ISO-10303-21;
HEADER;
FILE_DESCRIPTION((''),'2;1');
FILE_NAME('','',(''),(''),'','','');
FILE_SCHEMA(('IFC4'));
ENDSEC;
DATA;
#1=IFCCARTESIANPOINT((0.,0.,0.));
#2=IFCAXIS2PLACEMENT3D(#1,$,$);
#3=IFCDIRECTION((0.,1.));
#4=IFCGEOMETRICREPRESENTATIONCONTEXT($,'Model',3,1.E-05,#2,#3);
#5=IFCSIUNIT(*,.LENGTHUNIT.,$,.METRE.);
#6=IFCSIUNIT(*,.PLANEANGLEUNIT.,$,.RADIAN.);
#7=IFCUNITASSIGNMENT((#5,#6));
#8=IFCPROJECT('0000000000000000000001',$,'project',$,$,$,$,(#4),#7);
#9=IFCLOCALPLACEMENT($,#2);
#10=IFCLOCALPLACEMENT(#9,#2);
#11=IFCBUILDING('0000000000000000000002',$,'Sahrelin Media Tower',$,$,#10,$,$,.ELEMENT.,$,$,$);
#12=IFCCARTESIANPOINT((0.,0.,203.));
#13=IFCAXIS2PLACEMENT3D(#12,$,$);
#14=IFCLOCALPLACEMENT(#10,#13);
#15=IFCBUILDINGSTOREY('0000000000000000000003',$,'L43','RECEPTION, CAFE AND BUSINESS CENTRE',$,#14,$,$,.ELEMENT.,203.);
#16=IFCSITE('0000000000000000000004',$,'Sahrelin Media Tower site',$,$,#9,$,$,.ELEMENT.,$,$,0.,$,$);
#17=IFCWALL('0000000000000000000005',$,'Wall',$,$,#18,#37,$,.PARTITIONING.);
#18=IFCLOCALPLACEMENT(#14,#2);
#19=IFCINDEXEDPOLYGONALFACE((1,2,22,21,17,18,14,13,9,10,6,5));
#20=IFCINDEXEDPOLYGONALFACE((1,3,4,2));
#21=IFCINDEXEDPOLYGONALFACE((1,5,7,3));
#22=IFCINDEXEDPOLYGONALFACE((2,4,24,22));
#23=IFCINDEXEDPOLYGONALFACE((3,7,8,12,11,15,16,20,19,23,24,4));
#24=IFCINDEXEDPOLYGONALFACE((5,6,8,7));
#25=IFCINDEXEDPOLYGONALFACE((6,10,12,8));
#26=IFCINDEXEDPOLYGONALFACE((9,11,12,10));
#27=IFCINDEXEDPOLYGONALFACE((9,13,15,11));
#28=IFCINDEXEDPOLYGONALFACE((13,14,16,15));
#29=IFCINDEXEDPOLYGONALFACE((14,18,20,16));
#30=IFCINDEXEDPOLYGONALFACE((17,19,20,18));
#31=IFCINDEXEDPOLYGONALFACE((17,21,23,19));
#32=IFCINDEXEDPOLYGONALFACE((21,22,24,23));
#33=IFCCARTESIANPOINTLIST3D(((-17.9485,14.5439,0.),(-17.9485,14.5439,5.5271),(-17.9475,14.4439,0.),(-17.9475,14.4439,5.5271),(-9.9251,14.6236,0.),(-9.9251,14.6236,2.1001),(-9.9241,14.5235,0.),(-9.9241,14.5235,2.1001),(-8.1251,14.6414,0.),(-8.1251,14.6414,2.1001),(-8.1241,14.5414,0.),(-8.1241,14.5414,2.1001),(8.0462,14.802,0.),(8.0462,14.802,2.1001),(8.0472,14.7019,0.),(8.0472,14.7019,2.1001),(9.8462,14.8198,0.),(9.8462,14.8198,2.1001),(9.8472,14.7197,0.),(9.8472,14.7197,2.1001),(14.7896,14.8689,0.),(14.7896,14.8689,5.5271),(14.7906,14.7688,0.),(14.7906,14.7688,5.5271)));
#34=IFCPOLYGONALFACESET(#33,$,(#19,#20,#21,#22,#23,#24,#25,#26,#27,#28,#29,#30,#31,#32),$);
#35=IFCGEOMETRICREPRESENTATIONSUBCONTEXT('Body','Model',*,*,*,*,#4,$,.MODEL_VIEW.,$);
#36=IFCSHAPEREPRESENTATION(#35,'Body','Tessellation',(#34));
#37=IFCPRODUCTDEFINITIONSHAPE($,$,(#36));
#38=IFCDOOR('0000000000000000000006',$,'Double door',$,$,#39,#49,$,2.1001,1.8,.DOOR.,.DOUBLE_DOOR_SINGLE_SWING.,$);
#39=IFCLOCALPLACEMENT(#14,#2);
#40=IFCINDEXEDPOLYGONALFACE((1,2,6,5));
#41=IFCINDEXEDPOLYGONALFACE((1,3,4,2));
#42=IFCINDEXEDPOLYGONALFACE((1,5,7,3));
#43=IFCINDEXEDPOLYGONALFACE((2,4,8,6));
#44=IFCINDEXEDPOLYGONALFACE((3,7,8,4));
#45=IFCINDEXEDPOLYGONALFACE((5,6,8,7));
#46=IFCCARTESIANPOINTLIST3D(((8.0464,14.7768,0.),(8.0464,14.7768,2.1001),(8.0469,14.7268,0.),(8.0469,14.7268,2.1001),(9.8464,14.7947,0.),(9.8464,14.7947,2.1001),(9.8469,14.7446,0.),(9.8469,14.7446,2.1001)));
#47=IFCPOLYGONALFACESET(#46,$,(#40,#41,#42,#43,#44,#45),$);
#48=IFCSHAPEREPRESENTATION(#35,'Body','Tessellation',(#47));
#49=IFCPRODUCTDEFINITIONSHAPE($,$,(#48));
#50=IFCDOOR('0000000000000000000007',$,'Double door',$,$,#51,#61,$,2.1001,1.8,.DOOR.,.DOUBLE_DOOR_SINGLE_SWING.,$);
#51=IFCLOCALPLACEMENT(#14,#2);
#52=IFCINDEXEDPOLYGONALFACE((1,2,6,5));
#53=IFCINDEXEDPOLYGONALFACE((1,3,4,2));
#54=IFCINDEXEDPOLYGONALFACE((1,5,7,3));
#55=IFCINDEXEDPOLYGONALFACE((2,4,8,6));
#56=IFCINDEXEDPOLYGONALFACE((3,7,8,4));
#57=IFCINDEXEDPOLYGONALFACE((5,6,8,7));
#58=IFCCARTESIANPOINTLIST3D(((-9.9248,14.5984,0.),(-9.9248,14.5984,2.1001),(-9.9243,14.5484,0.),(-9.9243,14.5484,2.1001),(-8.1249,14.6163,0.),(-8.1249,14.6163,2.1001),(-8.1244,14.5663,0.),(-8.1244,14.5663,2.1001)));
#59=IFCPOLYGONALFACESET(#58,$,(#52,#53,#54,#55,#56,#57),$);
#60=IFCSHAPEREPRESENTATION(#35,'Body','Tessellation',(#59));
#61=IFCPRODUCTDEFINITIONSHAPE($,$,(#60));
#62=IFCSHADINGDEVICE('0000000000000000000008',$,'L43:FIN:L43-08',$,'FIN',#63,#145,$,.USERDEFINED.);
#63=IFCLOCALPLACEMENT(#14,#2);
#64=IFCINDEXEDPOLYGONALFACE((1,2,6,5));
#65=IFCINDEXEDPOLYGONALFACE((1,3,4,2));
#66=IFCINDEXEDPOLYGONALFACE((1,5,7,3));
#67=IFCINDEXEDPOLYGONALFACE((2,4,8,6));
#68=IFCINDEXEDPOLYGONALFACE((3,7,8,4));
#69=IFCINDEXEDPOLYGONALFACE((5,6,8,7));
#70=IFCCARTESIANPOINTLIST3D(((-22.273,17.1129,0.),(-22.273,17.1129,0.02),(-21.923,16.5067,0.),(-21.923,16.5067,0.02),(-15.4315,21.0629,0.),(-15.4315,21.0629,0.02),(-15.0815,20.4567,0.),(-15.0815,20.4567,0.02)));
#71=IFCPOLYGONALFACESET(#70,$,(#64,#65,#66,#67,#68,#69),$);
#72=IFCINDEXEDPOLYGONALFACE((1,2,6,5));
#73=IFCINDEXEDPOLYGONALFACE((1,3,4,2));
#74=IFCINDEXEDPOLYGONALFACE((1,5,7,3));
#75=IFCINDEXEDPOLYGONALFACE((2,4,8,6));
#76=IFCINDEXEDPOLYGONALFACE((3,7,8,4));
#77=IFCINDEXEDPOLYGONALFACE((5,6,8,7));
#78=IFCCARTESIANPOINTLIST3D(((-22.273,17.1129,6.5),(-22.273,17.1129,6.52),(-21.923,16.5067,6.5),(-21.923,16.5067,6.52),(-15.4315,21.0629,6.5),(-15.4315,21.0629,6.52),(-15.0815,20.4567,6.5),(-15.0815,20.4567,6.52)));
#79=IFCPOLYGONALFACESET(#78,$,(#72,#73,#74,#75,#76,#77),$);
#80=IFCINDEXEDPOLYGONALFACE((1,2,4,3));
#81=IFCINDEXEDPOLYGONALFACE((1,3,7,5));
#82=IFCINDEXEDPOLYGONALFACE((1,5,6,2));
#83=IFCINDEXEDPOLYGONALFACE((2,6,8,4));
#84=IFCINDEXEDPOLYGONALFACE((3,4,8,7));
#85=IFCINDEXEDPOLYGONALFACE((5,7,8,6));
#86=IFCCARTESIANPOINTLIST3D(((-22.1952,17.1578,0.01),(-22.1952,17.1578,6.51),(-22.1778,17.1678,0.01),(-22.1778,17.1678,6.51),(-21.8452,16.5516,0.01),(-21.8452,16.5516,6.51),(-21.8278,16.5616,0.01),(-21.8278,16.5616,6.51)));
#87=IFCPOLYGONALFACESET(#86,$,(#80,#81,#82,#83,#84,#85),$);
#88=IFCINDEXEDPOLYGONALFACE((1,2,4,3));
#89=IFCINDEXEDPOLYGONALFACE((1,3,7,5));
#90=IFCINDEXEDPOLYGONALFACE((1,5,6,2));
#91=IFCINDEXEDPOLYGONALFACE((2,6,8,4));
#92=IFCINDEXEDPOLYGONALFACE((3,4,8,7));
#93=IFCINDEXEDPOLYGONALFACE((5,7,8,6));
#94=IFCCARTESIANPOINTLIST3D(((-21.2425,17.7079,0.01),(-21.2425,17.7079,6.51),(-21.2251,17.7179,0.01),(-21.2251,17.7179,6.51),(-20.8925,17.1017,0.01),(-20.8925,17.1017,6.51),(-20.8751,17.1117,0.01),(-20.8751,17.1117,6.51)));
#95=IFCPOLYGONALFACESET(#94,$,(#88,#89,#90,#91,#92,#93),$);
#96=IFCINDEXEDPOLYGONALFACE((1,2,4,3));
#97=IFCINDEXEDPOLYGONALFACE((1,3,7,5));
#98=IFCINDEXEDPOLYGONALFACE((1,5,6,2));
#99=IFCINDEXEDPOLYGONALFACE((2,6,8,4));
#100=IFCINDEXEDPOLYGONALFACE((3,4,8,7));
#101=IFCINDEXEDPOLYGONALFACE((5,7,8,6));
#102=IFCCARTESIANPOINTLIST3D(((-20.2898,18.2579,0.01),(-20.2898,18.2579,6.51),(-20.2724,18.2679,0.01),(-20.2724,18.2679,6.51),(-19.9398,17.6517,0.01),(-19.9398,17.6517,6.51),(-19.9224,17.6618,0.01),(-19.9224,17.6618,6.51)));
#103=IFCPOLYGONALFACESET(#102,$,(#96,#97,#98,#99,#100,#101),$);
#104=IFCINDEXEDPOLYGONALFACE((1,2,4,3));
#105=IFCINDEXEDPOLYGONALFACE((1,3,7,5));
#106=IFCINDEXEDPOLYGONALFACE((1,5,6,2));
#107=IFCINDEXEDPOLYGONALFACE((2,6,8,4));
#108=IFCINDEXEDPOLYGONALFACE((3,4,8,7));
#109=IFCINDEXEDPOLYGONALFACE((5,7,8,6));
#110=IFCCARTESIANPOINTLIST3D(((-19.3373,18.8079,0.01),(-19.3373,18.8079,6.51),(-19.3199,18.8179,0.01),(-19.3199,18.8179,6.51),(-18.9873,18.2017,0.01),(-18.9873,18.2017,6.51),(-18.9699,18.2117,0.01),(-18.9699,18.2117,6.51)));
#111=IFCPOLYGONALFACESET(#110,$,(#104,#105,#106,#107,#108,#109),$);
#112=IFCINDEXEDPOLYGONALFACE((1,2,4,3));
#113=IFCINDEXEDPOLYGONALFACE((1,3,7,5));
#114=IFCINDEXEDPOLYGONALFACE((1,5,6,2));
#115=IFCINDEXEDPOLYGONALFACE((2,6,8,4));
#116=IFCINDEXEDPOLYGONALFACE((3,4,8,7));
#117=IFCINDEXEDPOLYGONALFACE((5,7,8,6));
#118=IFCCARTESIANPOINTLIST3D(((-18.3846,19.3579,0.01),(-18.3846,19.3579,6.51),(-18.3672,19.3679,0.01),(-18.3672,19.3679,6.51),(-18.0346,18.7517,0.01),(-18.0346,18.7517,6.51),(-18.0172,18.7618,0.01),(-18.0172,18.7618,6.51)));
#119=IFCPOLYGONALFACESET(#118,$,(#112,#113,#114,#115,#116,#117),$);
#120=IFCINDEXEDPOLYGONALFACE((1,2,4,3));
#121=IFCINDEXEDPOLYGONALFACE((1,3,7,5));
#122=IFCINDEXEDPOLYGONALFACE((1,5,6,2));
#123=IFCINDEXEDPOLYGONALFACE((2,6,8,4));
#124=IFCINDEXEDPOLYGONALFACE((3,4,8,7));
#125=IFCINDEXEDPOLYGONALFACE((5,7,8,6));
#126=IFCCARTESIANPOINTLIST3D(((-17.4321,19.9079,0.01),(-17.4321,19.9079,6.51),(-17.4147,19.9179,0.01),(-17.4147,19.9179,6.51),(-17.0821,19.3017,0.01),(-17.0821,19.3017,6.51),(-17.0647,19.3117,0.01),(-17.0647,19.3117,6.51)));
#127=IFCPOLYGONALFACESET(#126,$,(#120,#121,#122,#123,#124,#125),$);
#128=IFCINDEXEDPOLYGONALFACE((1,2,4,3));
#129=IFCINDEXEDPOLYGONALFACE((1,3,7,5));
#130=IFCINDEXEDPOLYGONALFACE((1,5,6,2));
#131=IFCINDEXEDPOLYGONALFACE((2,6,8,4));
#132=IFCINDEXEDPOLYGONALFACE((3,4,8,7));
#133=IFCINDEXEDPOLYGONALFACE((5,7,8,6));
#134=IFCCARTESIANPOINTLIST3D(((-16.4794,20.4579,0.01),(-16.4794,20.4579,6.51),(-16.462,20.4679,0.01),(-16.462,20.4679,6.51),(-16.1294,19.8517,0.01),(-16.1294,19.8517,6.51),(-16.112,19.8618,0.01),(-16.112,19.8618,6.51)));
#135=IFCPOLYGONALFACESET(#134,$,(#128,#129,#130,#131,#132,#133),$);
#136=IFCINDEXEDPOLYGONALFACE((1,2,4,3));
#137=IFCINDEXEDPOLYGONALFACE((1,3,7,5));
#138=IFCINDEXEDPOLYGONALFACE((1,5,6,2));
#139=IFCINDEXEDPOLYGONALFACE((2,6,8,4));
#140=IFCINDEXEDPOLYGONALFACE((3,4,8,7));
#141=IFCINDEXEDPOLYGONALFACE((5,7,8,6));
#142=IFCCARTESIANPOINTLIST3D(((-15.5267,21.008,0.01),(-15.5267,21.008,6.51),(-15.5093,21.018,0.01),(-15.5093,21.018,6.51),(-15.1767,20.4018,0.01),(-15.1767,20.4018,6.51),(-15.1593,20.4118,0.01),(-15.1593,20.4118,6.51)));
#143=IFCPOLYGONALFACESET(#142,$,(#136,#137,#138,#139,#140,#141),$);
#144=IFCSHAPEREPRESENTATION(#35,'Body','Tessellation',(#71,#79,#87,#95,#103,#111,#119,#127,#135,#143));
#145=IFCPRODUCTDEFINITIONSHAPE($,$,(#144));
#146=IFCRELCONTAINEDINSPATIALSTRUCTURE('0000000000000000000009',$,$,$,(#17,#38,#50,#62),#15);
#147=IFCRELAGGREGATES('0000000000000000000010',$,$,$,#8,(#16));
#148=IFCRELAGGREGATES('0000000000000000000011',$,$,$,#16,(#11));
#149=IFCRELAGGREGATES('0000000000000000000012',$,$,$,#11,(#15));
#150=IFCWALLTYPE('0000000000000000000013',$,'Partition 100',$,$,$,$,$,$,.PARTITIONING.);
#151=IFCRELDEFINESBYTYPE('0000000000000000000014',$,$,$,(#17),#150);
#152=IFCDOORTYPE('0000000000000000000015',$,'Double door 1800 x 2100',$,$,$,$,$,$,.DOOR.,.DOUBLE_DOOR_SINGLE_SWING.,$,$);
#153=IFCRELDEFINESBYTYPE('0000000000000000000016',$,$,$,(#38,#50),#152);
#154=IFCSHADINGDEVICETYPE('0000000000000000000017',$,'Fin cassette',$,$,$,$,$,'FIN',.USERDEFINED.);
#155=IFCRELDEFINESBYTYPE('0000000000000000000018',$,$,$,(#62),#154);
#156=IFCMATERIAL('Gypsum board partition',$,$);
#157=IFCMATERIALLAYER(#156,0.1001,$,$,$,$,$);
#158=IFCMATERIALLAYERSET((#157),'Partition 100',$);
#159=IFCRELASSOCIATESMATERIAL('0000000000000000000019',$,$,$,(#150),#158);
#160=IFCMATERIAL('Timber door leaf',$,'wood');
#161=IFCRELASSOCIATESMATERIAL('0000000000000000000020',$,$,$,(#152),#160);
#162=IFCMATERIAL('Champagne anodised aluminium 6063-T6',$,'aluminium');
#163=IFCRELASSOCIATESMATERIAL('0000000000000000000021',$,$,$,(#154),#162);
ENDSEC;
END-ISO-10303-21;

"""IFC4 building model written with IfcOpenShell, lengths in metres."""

from ifc_helpers import new_model, si_unit, direction, frame, frame_2d, origin, origin_2d, place, context, subcontext, project, spatial, rectangle, extrude, material, layer, layer_set, type_object, element, fill, save


model = new_model("IFC4")

# Units and contexts
model_context = context("Model", 3, precision=1e-05, world=origin(), true_north=direction((0.0, 1.0)))
body_context = subcontext(model_context, "Body", "Model", "MODEL_VIEW")
ifc_project = project(units=[si_unit("LENGTHUNIT", "METRE"), si_unit("PLANEANGLEUNIT", "RADIAN")], contexts=[model_context])

# Site, building, storey
site_placement = place(None, origin())
site = spatial("IfcSite", under=ifc_project, at=site_placement, Name="Sahrelin Media Tower site", CompositionType="ELEMENT", RefElevation=0.0)
building_placement = place(site_placement, origin())
building = spatial("IfcBuilding", under=site, at=building_placement, Name="Sahrelin Media Tower", CompositionType="ELEMENT")
storey_placement = place(building_placement, frame((0.0, 0.0, 203.0)))
storey = spatial("IfcBuildingStorey", under=building, at=storey_placement, Name="L43", Description="RECEPTION, CAFE AND BUSINESS CENTRE", CompositionType="ELEMENT", Elevation=203.0)

# Shared definitions
ifc_material_1 = material(Name="Champagne anodised aluminium 6063-T6", Category="aluminium")

# Wall, openings, doors
ifc_material_2 = material(Name="Gypsum board partition")
ifc_layer_1 = layer(ifc_material_2, 0.1001)
ifc_layer_set_1 = layer_set([ifc_layer_1], Name="Partition 100")
wall_type_1 = type_object("IfcWallType", Name="Partition 100", PredefinedType="PARTITIONING", material=ifc_layer_set_1)
wall_1_placement = place(storey_placement, frame((-17.948, 14.4939, 0.0), z_axis=(0.0, 0.0, 1.0), x_axis=(0.999951, 0.009925, 0.0)))
wall_1 = element("IfcWall", 1, at=wall_1_placement, inside=storey, type_object=wall_type_1, Name="Wall", PredefinedType="PARTITIONING", context=body_context, shape_type="SweptSolid", body=[
    extrude(rectangle(XDim=32.7397, YDim=0.1001, at=frame_2d((16.3699, 0.0))), origin(), (0.0, 0.0, 1.0), 5.5271),
])
opening_1_placement = place(wall_1_placement, frame((25.9961, 0.0, 0.0)))
opening_1 = element("IfcOpeningElement", 2, at=opening_1_placement, cuts=wall_1, PredefinedType="OPENING", context=body_context, shape_type="SweptSolid", body=[
    extrude(rectangle(XDim=1.8, YDim=2.1001, at=frame_2d((0.8999, 1.05))), frame((0.0, 0.05, 0.0), z_axis=(0.0, -1.0, 0.0), x_axis=(1.0, 0.0, 0.0)), (0.0, 0.0, 1.0), 0.1001),
])
opening_2_placement = place(wall_1_placement, frame((8.0239, 0.0, 0.0)))
opening_2 = element("IfcOpeningElement", 3, at=opening_2_placement, cuts=wall_1, PredefinedType="OPENING", context=body_context, shape_type="SweptSolid", body=[
    extrude(rectangle(XDim=1.8, YDim=2.1001, at=frame_2d((0.8999, 1.05))), frame((0.0, 0.05, 0.0), z_axis=(0.0, -1.0, 0.0), x_axis=(1.0, 0.0, 0.0)), (0.0, 0.0, 1.0), 0.1001),
])
ifc_material_3 = material(Name="Timber door leaf", Category="wood")
door_type_1 = type_object("IfcDoorType", Name="Double door 1800 x 2100", OperationType="DOUBLE_DOOR_SINGLE_SWING", PredefinedType="DOOR", material=ifc_material_3)
door_1_placement = place(opening_1_placement, origin())
door_1 = element("IfcDoor", 4, at=door_1_placement, inside=storey, type_object=door_type_1, Name="Double door", OperationType="DOUBLE_DOOR_SINGLE_SWING", OverallHeight=2.1001, OverallWidth=1.8, PredefinedType="DOOR", context=body_context, shape_type="SweptSolid", body=[
    extrude(rectangle(XDim=1.8, YDim=2.1001, at=frame_2d((0.8999, 1.05))), frame((0.0, 0.0249, 0.0), z_axis=(0.0, -1.0, 0.0), x_axis=(1.0, 0.0, 0.0)), (0.0, 0.0, 1.0), 0.05),
])
fill(opening_1, door_1)
door_2_placement = place(opening_2_placement, origin())
door_2 = element("IfcDoor", 5, at=door_2_placement, inside=storey, type_object=door_type_1, Name="Double door", OperationType="DOUBLE_DOOR_SINGLE_SWING", OverallHeight=2.1001, OverallWidth=1.8, PredefinedType="DOOR", context=body_context, shape_type="SweptSolid", body=[
    extrude(rectangle(XDim=1.8, YDim=2.1001, at=frame_2d((0.8999, 1.05))), frame((0.0, 0.0249, 0.0), z_axis=(0.0, -1.0, 0.0), x_axis=(1.0, 0.0, 0.0)), (0.0, 0.0, 1.0), 0.05),
])
fill(opening_2, door_2)

# Shading device
shading_device_type_1 = type_object("IfcShadingDeviceType", Name="Fin cassette", ElementType="FIN", PredefinedType="USERDEFINED", material=ifc_material_1)
placement_1 = place(storey_placement, frame((-18.4673, 18.4211, 0.0), z_axis=(0.0, 0.0, 1.0), x_axis=(0.866019, 0.500011, 0.0)))
element("IfcShadingDevice", 6, at=placement_1, inside=storey, type_object=shading_device_type_1, Name="L43:FIN:L43-08", ObjectType="FIN", PredefinedType="USERDEFINED", context=body_context, shape_type="SweptSolid", body=[
    extrude(rectangle(XDim=7.8999, YDim=0.7, at=origin_2d()), frame((0.0, 0.4199, 0.0)), (0.0, 0.0, 1.0), 0.02),
    extrude(rectangle(XDim=7.8999, YDim=0.7, at=origin_2d()), frame((0.0, 0.4199, 6.5)), (0.0, 0.0, 1.0), 0.02),
    extrude(rectangle(XDim=0.02, YDim=0.7, at=origin_2d()), frame((-3.8501, 0.4199, 0.01), z_axis=(0.0, 0.0, 1.0), x_axis=(1.0, 0.0, 0.0)), (0.0, 0.0, 1.0), 6.5),
    extrude(rectangle(XDim=0.02, YDim=0.7, at=origin_2d()), frame((-2.75, 0.4199, 0.01), z_axis=(0.0, 0.0, 1.0), x_axis=(1.0, 0.0, 0.0)), (0.0, 0.0, 1.0), 6.5),
    extrude(rectangle(XDim=0.02, YDim=0.7, at=origin_2d()), frame((-1.6499, 0.4199, 0.01), z_axis=(0.0, 0.0, 1.0), x_axis=(1.0, 0.0, 0.0)), (0.0, 0.0, 1.0), 6.5),
    extrude(rectangle(XDim=0.02, YDim=0.7, at=origin_2d()), frame((-0.55, 0.4199, 0.01), z_axis=(0.0, 0.0, 1.0), x_axis=(1.0, 0.0, 0.0)), (0.0, 0.0, 1.0), 6.5),
    extrude(rectangle(XDim=0.02, YDim=0.7, at=origin_2d()), frame((0.55, 0.4199, 0.01), z_axis=(0.0, 0.0, 1.0), x_axis=(1.0, 0.0, 0.0)), (0.0, 0.0, 1.0), 6.5),
    extrude(rectangle(XDim=0.02, YDim=0.7, at=origin_2d()), frame((1.6499, 0.4199, 0.01), z_axis=(0.0, 0.0, 1.0), x_axis=(1.0, 0.0, 0.0)), (0.0, 0.0, 1.0), 6.5),
    extrude(rectangle(XDim=0.02, YDim=0.7, at=origin_2d()), frame((2.75, 0.4199, 0.01), z_axis=(0.0, 0.0, 1.0), x_axis=(1.0, 0.0, 0.0)), (0.0, 0.0, 1.0), 6.5),
    extrude(rectangle(XDim=0.02, YDim=0.7, at=origin_2d()), frame((3.8501, 0.4199, 0.01), z_axis=(0.0, 0.0, 1.0), x_axis=(1.0, 0.0, 0.0)), (0.0, 0.0, 1.0), 6.5),
])

save(model, "model.ifc")
